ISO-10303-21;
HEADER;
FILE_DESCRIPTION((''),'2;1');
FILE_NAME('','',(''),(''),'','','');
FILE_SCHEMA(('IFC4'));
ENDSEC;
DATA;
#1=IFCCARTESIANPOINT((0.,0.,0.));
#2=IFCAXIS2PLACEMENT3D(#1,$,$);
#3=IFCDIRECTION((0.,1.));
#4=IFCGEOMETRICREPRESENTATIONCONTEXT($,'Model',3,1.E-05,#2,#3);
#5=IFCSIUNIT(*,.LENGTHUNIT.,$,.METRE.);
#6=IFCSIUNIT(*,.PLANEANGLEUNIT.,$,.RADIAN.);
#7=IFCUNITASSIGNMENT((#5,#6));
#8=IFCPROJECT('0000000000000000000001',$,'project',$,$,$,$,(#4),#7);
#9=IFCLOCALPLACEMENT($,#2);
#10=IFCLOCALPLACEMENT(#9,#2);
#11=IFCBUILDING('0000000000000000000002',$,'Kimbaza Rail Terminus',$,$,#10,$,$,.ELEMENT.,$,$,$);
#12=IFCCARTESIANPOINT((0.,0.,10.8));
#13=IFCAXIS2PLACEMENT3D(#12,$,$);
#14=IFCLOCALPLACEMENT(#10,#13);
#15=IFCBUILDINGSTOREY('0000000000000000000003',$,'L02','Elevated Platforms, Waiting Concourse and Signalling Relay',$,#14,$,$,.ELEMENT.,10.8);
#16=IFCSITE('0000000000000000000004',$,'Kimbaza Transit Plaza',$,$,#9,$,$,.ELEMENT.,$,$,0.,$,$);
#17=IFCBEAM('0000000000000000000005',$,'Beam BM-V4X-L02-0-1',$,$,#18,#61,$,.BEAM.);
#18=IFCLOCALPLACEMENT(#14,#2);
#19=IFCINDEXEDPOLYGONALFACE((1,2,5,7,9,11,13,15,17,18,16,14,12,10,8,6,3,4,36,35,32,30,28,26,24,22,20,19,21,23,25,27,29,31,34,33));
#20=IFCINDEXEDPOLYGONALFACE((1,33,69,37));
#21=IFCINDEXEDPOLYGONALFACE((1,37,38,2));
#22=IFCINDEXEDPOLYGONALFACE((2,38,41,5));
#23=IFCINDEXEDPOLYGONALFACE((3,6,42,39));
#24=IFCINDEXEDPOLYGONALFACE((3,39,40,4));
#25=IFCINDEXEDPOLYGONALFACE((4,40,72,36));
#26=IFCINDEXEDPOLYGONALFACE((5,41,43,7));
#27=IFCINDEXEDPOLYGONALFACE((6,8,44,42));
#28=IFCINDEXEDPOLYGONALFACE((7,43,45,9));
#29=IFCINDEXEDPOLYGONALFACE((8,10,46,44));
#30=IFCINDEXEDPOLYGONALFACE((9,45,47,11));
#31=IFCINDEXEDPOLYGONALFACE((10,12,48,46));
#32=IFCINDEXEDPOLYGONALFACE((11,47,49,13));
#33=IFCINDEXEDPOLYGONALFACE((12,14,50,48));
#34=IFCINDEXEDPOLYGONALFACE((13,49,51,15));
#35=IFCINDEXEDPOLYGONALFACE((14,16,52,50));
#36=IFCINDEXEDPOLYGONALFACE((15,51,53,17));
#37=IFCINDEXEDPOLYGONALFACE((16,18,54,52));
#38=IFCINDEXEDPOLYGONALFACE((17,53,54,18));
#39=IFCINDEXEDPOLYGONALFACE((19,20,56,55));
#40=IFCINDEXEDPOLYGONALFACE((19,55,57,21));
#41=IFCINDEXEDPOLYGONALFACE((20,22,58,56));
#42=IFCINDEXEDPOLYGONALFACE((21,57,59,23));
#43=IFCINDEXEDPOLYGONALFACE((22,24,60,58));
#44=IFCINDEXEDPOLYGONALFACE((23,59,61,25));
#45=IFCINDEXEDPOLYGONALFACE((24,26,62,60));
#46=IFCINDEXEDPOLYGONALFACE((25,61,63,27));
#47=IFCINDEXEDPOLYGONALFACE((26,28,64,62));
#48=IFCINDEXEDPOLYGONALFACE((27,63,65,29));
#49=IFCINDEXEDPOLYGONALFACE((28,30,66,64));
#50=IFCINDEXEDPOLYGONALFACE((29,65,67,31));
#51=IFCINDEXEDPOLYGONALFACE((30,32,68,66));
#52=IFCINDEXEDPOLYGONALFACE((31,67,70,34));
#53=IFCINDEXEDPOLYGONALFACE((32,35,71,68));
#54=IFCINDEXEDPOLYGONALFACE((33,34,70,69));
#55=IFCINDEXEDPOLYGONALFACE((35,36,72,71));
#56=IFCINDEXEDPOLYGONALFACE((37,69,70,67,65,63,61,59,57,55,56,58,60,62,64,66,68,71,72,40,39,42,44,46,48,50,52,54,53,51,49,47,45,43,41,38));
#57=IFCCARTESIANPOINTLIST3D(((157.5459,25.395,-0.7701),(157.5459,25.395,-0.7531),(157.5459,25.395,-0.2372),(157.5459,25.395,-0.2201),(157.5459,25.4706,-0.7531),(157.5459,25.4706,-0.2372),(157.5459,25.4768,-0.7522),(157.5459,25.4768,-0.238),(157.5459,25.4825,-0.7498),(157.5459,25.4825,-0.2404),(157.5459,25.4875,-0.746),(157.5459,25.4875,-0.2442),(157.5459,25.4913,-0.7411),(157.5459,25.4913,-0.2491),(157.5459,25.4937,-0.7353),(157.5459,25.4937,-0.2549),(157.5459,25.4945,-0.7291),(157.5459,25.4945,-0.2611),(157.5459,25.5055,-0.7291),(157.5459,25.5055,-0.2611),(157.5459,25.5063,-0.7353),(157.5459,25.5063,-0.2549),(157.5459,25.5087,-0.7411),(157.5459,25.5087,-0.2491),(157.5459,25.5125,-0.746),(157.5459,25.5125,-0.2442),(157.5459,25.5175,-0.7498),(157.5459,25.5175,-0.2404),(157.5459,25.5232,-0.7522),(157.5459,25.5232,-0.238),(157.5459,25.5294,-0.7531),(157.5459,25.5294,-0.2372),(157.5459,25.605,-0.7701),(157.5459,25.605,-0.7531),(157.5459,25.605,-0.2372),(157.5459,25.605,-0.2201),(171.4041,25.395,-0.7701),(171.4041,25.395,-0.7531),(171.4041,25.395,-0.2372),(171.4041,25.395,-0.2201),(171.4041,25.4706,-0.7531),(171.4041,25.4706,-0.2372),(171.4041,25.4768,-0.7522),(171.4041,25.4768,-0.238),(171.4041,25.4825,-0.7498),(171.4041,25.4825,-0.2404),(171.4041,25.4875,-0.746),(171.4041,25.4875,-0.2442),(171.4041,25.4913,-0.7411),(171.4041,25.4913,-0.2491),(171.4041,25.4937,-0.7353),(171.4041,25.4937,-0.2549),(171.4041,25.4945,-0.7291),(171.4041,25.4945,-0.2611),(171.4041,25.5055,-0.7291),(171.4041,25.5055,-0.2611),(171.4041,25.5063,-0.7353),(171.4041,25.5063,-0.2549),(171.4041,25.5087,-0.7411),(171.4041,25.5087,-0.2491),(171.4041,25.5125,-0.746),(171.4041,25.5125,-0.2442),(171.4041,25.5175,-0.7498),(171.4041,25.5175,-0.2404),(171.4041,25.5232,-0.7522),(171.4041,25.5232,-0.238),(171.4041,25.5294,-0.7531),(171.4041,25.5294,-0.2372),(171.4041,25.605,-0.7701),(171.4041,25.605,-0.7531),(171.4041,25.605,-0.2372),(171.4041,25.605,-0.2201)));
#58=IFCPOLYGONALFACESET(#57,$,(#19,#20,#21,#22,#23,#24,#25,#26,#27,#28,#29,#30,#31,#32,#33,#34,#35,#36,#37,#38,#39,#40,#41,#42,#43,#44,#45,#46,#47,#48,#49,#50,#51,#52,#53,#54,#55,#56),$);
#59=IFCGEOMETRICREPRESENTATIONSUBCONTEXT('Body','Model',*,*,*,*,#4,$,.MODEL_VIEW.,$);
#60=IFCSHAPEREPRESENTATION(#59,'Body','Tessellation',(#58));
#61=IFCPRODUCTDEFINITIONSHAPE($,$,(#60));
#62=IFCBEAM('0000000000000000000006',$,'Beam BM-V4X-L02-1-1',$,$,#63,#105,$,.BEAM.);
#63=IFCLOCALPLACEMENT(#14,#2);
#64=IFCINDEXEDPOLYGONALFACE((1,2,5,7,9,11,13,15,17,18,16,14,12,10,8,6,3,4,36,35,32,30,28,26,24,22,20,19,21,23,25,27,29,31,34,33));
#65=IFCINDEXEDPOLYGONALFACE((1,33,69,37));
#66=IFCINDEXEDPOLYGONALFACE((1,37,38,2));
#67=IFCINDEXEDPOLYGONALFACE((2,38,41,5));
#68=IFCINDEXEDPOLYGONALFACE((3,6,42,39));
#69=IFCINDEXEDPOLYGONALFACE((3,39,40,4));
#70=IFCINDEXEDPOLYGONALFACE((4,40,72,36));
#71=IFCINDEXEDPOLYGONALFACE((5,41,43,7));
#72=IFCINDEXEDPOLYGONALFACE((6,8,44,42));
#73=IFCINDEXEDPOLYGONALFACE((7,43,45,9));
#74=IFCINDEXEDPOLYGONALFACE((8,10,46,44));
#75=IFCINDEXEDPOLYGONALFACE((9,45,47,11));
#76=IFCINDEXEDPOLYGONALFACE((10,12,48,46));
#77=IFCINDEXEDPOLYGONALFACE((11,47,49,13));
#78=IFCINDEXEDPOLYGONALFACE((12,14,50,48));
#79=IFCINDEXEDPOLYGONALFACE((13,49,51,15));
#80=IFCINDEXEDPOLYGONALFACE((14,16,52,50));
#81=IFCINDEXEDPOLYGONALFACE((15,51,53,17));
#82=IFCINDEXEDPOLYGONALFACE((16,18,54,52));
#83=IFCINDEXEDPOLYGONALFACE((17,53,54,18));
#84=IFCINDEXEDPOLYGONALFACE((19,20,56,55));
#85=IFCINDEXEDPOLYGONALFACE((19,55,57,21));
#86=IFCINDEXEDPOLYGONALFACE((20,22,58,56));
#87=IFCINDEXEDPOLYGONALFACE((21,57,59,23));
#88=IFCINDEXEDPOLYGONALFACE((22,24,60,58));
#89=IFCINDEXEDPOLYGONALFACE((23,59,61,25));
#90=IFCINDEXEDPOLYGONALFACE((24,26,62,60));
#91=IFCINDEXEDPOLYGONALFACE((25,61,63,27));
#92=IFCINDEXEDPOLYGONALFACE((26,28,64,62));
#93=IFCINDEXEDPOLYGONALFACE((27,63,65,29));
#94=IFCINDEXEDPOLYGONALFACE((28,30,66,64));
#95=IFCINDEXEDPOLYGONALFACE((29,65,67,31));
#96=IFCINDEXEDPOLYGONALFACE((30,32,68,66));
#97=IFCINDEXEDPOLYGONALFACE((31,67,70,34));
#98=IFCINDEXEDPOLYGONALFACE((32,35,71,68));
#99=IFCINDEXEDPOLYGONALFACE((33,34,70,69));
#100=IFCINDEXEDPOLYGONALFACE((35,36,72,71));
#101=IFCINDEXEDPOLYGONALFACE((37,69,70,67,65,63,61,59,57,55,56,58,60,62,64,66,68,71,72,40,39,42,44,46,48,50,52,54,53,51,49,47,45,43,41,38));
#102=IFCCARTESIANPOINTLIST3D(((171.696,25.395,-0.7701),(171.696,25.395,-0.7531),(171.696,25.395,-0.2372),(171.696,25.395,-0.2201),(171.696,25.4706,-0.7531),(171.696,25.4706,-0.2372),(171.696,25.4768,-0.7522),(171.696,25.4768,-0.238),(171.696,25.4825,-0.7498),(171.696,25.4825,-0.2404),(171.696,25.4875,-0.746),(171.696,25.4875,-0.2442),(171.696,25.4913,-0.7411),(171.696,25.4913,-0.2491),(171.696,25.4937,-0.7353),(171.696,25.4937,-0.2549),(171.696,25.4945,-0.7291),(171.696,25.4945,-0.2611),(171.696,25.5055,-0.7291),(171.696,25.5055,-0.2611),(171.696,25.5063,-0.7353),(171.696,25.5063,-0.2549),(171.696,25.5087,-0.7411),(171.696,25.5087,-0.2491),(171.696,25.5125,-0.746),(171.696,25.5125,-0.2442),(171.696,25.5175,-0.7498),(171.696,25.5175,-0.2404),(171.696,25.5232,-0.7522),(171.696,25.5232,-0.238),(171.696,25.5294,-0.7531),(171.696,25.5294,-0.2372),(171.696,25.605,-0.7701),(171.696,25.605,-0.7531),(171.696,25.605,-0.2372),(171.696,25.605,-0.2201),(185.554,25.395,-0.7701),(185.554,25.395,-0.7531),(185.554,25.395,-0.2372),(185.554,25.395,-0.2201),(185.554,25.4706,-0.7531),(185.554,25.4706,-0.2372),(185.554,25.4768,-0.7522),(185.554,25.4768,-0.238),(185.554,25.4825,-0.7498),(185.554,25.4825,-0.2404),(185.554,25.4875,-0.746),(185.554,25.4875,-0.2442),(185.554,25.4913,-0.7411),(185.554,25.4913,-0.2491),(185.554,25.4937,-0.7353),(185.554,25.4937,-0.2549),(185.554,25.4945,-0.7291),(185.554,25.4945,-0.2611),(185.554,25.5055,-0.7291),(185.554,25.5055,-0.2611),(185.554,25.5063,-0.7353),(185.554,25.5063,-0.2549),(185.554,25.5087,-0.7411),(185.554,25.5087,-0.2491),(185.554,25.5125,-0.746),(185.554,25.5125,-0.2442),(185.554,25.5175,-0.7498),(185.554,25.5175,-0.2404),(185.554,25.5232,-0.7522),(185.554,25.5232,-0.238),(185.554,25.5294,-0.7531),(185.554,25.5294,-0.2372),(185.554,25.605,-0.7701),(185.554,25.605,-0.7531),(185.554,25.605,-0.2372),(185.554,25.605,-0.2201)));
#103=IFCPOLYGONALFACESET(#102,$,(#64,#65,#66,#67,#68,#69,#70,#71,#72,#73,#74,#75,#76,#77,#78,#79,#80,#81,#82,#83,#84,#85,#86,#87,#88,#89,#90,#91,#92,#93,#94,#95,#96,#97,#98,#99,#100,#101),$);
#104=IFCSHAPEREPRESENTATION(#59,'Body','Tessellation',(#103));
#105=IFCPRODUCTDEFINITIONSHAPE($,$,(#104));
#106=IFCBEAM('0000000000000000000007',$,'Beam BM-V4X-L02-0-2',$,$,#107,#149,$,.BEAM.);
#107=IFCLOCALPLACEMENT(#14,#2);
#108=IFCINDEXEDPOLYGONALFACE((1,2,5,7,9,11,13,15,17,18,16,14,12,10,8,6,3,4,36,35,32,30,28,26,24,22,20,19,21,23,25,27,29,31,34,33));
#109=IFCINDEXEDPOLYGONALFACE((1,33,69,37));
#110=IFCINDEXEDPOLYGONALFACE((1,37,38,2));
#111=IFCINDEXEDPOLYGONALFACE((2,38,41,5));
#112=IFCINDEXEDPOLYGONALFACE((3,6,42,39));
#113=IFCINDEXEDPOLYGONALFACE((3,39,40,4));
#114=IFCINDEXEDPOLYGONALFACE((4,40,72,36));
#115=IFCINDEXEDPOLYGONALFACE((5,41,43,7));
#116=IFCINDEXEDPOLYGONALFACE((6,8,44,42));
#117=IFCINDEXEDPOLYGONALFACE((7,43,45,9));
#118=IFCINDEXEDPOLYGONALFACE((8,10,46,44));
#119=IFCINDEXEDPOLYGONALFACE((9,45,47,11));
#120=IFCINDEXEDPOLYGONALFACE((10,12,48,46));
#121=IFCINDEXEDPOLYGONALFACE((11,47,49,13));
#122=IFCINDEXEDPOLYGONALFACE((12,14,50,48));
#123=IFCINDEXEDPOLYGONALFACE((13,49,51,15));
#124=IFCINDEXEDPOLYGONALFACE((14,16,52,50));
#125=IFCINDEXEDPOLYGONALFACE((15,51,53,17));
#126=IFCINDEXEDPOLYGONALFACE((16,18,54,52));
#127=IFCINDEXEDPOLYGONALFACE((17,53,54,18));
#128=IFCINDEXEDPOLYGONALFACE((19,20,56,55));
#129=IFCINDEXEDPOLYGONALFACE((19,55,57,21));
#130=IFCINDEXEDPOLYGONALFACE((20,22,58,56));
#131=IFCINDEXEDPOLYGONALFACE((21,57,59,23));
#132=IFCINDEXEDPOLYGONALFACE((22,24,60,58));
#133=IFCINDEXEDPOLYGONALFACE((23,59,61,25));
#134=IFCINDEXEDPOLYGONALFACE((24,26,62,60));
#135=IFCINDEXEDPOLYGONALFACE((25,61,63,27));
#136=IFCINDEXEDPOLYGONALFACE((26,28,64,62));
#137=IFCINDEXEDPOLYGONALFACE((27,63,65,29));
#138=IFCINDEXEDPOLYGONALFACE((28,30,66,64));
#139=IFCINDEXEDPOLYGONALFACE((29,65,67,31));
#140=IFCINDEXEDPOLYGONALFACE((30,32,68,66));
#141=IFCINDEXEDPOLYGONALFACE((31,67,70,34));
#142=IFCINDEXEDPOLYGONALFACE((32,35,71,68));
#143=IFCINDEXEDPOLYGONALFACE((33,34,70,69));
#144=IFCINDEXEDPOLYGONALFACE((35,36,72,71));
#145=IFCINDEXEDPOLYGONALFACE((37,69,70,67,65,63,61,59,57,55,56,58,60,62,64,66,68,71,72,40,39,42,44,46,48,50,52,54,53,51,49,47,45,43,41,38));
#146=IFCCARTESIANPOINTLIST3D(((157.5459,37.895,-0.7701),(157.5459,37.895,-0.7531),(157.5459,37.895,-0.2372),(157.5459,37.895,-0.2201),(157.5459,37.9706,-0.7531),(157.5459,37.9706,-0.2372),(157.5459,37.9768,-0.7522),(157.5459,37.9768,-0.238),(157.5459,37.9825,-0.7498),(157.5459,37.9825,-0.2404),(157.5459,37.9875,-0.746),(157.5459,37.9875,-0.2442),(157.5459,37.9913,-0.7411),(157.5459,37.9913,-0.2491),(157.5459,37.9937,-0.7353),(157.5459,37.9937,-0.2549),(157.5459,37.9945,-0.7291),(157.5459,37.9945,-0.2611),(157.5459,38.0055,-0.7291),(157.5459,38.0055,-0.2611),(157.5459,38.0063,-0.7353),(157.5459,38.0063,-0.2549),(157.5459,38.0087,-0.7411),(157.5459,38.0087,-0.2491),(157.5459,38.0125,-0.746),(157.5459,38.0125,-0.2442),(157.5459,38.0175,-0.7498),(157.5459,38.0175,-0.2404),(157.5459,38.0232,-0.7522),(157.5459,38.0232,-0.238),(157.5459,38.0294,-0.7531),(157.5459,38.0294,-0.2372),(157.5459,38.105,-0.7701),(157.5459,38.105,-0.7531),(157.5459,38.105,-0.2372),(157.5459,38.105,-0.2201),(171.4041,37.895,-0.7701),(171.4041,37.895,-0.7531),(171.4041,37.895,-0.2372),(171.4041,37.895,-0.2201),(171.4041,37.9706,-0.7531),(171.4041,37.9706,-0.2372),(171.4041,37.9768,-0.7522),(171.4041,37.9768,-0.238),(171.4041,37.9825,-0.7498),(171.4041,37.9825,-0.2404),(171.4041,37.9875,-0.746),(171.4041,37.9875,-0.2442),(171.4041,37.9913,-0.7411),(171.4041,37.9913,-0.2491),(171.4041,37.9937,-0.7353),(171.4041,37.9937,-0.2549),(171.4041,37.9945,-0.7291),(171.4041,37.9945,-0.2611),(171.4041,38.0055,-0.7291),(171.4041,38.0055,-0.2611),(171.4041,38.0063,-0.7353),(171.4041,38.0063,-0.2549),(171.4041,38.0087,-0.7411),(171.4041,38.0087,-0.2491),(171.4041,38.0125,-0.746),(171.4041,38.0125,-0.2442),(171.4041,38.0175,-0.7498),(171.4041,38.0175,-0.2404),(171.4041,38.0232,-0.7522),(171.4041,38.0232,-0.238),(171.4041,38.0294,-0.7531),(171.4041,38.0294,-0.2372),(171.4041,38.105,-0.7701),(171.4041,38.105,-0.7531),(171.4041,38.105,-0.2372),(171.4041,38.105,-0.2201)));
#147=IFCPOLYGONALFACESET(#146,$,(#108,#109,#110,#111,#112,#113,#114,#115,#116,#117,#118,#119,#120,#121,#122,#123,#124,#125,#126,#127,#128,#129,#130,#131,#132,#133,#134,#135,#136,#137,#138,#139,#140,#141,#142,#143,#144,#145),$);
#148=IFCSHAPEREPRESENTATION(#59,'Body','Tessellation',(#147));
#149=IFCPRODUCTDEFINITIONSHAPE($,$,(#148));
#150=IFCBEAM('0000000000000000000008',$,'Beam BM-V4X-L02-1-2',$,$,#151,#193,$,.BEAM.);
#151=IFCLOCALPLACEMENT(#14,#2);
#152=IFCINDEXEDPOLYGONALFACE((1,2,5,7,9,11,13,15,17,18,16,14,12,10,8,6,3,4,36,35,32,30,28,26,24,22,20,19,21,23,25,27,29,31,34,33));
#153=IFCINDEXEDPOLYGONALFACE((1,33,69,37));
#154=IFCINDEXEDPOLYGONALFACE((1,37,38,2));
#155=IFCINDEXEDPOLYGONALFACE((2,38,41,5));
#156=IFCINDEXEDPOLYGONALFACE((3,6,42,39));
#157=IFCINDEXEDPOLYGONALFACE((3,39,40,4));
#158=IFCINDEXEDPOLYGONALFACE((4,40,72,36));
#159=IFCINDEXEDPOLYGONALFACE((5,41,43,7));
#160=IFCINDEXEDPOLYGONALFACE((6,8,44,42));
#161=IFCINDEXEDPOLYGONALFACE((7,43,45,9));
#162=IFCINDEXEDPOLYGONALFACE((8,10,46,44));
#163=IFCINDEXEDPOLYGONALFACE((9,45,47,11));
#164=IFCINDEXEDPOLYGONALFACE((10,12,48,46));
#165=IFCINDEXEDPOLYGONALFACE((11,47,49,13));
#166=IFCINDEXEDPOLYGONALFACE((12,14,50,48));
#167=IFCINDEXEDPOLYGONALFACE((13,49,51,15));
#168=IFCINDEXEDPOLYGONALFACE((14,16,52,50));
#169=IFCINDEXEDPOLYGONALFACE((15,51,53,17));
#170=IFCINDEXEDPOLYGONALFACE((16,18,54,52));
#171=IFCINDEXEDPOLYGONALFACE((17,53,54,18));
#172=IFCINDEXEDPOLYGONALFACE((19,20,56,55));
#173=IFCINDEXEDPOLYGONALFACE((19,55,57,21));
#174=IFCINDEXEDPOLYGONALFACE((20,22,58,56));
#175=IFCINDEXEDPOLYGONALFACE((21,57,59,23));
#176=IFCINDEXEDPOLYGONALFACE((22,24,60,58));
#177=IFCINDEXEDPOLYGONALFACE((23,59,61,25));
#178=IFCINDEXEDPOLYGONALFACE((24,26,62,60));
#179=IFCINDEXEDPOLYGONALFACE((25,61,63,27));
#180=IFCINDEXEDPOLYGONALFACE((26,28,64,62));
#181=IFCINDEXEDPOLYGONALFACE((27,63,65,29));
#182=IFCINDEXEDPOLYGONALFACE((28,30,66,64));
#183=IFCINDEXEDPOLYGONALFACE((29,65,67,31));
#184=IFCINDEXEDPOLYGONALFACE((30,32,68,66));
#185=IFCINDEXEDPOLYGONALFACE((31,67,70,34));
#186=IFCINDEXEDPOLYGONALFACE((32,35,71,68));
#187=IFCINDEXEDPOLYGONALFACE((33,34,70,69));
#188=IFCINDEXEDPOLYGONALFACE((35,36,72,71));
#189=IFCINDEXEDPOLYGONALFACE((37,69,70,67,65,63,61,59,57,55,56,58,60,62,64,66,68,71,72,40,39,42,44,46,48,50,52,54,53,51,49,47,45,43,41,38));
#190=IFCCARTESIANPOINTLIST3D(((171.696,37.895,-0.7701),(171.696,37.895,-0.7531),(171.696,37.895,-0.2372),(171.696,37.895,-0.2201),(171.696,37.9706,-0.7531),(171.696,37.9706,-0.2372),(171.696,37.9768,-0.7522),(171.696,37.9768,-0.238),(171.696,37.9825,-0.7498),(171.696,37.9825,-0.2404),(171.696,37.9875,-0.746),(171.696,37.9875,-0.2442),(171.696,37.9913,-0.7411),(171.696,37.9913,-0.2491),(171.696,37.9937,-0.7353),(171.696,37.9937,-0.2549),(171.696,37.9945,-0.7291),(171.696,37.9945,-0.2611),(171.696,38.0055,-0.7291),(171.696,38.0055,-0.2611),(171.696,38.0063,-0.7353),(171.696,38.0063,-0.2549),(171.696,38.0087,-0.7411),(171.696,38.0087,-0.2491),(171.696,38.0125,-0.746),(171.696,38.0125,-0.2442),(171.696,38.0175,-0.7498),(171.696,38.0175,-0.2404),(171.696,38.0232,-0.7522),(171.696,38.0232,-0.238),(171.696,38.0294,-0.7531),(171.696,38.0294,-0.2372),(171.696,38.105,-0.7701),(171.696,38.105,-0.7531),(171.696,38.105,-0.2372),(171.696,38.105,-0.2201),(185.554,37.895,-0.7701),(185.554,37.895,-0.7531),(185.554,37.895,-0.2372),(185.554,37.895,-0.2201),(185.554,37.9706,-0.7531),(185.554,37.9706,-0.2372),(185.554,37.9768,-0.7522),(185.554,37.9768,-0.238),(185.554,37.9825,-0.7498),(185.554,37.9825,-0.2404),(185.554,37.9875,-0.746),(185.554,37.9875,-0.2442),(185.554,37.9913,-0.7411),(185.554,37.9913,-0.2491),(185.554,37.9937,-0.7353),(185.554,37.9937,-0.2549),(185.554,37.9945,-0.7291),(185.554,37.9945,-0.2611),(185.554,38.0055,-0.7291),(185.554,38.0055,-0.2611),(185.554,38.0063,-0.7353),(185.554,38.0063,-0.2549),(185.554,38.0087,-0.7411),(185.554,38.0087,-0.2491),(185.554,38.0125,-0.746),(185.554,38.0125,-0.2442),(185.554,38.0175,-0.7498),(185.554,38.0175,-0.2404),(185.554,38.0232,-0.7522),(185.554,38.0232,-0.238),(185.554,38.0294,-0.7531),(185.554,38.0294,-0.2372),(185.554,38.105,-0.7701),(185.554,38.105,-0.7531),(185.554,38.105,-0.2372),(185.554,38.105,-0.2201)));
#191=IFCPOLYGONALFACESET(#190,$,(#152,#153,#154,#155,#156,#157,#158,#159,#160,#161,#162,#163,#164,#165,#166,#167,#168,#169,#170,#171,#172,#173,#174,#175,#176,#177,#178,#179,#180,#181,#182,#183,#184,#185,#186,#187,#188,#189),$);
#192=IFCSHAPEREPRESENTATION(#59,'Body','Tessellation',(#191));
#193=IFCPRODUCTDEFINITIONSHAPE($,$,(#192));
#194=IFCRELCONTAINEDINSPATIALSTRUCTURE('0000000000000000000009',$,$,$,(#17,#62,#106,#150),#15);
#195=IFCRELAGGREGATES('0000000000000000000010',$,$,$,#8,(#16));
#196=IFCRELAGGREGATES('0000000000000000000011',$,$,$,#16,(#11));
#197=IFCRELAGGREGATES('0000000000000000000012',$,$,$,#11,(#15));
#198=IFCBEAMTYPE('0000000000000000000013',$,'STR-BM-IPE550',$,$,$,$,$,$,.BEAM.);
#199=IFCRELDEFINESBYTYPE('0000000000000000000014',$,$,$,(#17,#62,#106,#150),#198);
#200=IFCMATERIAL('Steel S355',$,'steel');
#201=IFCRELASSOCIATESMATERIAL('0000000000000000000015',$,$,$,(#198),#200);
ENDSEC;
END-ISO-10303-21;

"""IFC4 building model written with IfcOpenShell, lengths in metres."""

from ifc_helpers import new_model, si_unit, direction, frame, origin, origin_2d, place, context, subcontext, project, spatial, i_section, extrude, material, material_profile, profile_set, type_object, element, save


model = new_model("IFC4")

# Units and contexts
model_context = context("Model", 3, precision=1e-05, world=origin(), true_north=direction((0.0, 1.0)))
body_context = subcontext(model_context, "Body", "Model", "MODEL_VIEW")
ifc_project = project(units=[si_unit("LENGTHUNIT", "METRE"), si_unit("PLANEANGLEUNIT", "RADIAN")], contexts=[model_context])

# Site, building, storey
site_placement = place(None, origin())
site = spatial("IfcSite", under=ifc_project, at=site_placement, Name="Kimbaza Transit Plaza", CompositionType="ELEMENT", RefElevation=0.0)
building_placement = place(site_placement, origin())
building = spatial("IfcBuilding", under=site, at=building_placement, Name="Kimbaza Rail Terminus", CompositionType="ELEMENT")
storey_placement = place(building_placement, frame((0.0, 0.0, 10.8)))
storey = spatial("IfcBuildingStorey", under=building, at=storey_placement, Name="L02", Description="Elevated Platforms, Waiting Concourse and Signalling Relay", CompositionType="ELEMENT", Elevation=10.8)

# Beams
ifc_material_1 = material(Name="Steel S355", Category="steel")
ifc_material_profile_1 = material_profile(ifc_material_1, i_section(OverallWidth=0.21, OverallDepth=0.55, WebThickness=0.011, FlangeThickness=0.0171, FilletRadius=0.0239, at=origin_2d()), Name="IPE 550")
ifc_profile_set_1 = profile_set([ifc_material_profile_1], Name="Steel S355")
beam_type_1 = type_object("IfcBeamType", Name="STR-BM-IPE550", PredefinedType="BEAM", material=ifc_profile_set_1)
beam_1_placement = place(storey_placement, frame((157.5459, 25.5, -0.4951), z_axis=(1.0, 0.0, 0.0), x_axis=(0.0, 1.0, 0.0)))
element("IfcBeam", 1, at=beam_1_placement, inside=storey, type_object=beam_type_1, Name="Beam BM-V4X-L02-0-1", PredefinedType="BEAM", context=body_context, shape_type="SweptSolid", body=[
    extrude(i_section(OverallWidth=0.21, OverallDepth=0.55, WebThickness=0.011, FlangeThickness=0.0171, FilletRadius=0.0239, at=origin_2d()), origin(), (0.0, 0.0, 1.0), 13.8582),
])
beam_2_placement = place(storey_placement, frame((171.696, 25.5, -0.4951), z_axis=(1.0, 0.0, 0.0), x_axis=(0.0, 1.0, 0.0)))
element("IfcBeam", 2, at=beam_2_placement, inside=storey, type_object=beam_type_1, Name="Beam BM-V4X-L02-1-1", PredefinedType="BEAM", context=body_context, shape_type="SweptSolid", body=[
    extrude(i_section(OverallWidth=0.21, OverallDepth=0.55, WebThickness=0.011, FlangeThickness=0.0171, FilletRadius=0.0239, at=origin_2d()), origin(), (0.0, 0.0, 1.0), 13.8579),
])
beam_3_placement = place(storey_placement, frame((157.5459, 38.0, -0.4951), z_axis=(1.0, 0.0, 0.0), x_axis=(0.0, 1.0, 0.0)))
element("IfcBeam", 3, at=beam_3_placement, inside=storey, type_object=beam_type_1, Name="Beam BM-V4X-L02-0-2", PredefinedType="BEAM", context=body_context, shape_type="SweptSolid", body=[
    extrude(i_section(OverallWidth=0.21, OverallDepth=0.55, WebThickness=0.011, FlangeThickness=0.0171, FilletRadius=0.0239, at=origin_2d()), origin(), (0.0, 0.0, 1.0), 13.8582),
])
beam_4_placement = place(storey_placement, frame((171.696, 38.0, -0.4951), z_axis=(1.0, 0.0, 0.0), x_axis=(0.0, 1.0, 0.0)))
element("IfcBeam", 4, at=beam_4_placement, inside=storey, type_object=beam_type_1, Name="Beam BM-V4X-L02-1-2", PredefinedType="BEAM", context=body_context, shape_type="SweptSolid", body=[
    extrude(i_section(OverallWidth=0.21, OverallDepth=0.55, WebThickness=0.011, FlangeThickness=0.0171, FilletRadius=0.0239, at=origin_2d()), origin(), (0.0, 0.0, 1.0), 13.8579),
])

save(model, "model.ifc")
